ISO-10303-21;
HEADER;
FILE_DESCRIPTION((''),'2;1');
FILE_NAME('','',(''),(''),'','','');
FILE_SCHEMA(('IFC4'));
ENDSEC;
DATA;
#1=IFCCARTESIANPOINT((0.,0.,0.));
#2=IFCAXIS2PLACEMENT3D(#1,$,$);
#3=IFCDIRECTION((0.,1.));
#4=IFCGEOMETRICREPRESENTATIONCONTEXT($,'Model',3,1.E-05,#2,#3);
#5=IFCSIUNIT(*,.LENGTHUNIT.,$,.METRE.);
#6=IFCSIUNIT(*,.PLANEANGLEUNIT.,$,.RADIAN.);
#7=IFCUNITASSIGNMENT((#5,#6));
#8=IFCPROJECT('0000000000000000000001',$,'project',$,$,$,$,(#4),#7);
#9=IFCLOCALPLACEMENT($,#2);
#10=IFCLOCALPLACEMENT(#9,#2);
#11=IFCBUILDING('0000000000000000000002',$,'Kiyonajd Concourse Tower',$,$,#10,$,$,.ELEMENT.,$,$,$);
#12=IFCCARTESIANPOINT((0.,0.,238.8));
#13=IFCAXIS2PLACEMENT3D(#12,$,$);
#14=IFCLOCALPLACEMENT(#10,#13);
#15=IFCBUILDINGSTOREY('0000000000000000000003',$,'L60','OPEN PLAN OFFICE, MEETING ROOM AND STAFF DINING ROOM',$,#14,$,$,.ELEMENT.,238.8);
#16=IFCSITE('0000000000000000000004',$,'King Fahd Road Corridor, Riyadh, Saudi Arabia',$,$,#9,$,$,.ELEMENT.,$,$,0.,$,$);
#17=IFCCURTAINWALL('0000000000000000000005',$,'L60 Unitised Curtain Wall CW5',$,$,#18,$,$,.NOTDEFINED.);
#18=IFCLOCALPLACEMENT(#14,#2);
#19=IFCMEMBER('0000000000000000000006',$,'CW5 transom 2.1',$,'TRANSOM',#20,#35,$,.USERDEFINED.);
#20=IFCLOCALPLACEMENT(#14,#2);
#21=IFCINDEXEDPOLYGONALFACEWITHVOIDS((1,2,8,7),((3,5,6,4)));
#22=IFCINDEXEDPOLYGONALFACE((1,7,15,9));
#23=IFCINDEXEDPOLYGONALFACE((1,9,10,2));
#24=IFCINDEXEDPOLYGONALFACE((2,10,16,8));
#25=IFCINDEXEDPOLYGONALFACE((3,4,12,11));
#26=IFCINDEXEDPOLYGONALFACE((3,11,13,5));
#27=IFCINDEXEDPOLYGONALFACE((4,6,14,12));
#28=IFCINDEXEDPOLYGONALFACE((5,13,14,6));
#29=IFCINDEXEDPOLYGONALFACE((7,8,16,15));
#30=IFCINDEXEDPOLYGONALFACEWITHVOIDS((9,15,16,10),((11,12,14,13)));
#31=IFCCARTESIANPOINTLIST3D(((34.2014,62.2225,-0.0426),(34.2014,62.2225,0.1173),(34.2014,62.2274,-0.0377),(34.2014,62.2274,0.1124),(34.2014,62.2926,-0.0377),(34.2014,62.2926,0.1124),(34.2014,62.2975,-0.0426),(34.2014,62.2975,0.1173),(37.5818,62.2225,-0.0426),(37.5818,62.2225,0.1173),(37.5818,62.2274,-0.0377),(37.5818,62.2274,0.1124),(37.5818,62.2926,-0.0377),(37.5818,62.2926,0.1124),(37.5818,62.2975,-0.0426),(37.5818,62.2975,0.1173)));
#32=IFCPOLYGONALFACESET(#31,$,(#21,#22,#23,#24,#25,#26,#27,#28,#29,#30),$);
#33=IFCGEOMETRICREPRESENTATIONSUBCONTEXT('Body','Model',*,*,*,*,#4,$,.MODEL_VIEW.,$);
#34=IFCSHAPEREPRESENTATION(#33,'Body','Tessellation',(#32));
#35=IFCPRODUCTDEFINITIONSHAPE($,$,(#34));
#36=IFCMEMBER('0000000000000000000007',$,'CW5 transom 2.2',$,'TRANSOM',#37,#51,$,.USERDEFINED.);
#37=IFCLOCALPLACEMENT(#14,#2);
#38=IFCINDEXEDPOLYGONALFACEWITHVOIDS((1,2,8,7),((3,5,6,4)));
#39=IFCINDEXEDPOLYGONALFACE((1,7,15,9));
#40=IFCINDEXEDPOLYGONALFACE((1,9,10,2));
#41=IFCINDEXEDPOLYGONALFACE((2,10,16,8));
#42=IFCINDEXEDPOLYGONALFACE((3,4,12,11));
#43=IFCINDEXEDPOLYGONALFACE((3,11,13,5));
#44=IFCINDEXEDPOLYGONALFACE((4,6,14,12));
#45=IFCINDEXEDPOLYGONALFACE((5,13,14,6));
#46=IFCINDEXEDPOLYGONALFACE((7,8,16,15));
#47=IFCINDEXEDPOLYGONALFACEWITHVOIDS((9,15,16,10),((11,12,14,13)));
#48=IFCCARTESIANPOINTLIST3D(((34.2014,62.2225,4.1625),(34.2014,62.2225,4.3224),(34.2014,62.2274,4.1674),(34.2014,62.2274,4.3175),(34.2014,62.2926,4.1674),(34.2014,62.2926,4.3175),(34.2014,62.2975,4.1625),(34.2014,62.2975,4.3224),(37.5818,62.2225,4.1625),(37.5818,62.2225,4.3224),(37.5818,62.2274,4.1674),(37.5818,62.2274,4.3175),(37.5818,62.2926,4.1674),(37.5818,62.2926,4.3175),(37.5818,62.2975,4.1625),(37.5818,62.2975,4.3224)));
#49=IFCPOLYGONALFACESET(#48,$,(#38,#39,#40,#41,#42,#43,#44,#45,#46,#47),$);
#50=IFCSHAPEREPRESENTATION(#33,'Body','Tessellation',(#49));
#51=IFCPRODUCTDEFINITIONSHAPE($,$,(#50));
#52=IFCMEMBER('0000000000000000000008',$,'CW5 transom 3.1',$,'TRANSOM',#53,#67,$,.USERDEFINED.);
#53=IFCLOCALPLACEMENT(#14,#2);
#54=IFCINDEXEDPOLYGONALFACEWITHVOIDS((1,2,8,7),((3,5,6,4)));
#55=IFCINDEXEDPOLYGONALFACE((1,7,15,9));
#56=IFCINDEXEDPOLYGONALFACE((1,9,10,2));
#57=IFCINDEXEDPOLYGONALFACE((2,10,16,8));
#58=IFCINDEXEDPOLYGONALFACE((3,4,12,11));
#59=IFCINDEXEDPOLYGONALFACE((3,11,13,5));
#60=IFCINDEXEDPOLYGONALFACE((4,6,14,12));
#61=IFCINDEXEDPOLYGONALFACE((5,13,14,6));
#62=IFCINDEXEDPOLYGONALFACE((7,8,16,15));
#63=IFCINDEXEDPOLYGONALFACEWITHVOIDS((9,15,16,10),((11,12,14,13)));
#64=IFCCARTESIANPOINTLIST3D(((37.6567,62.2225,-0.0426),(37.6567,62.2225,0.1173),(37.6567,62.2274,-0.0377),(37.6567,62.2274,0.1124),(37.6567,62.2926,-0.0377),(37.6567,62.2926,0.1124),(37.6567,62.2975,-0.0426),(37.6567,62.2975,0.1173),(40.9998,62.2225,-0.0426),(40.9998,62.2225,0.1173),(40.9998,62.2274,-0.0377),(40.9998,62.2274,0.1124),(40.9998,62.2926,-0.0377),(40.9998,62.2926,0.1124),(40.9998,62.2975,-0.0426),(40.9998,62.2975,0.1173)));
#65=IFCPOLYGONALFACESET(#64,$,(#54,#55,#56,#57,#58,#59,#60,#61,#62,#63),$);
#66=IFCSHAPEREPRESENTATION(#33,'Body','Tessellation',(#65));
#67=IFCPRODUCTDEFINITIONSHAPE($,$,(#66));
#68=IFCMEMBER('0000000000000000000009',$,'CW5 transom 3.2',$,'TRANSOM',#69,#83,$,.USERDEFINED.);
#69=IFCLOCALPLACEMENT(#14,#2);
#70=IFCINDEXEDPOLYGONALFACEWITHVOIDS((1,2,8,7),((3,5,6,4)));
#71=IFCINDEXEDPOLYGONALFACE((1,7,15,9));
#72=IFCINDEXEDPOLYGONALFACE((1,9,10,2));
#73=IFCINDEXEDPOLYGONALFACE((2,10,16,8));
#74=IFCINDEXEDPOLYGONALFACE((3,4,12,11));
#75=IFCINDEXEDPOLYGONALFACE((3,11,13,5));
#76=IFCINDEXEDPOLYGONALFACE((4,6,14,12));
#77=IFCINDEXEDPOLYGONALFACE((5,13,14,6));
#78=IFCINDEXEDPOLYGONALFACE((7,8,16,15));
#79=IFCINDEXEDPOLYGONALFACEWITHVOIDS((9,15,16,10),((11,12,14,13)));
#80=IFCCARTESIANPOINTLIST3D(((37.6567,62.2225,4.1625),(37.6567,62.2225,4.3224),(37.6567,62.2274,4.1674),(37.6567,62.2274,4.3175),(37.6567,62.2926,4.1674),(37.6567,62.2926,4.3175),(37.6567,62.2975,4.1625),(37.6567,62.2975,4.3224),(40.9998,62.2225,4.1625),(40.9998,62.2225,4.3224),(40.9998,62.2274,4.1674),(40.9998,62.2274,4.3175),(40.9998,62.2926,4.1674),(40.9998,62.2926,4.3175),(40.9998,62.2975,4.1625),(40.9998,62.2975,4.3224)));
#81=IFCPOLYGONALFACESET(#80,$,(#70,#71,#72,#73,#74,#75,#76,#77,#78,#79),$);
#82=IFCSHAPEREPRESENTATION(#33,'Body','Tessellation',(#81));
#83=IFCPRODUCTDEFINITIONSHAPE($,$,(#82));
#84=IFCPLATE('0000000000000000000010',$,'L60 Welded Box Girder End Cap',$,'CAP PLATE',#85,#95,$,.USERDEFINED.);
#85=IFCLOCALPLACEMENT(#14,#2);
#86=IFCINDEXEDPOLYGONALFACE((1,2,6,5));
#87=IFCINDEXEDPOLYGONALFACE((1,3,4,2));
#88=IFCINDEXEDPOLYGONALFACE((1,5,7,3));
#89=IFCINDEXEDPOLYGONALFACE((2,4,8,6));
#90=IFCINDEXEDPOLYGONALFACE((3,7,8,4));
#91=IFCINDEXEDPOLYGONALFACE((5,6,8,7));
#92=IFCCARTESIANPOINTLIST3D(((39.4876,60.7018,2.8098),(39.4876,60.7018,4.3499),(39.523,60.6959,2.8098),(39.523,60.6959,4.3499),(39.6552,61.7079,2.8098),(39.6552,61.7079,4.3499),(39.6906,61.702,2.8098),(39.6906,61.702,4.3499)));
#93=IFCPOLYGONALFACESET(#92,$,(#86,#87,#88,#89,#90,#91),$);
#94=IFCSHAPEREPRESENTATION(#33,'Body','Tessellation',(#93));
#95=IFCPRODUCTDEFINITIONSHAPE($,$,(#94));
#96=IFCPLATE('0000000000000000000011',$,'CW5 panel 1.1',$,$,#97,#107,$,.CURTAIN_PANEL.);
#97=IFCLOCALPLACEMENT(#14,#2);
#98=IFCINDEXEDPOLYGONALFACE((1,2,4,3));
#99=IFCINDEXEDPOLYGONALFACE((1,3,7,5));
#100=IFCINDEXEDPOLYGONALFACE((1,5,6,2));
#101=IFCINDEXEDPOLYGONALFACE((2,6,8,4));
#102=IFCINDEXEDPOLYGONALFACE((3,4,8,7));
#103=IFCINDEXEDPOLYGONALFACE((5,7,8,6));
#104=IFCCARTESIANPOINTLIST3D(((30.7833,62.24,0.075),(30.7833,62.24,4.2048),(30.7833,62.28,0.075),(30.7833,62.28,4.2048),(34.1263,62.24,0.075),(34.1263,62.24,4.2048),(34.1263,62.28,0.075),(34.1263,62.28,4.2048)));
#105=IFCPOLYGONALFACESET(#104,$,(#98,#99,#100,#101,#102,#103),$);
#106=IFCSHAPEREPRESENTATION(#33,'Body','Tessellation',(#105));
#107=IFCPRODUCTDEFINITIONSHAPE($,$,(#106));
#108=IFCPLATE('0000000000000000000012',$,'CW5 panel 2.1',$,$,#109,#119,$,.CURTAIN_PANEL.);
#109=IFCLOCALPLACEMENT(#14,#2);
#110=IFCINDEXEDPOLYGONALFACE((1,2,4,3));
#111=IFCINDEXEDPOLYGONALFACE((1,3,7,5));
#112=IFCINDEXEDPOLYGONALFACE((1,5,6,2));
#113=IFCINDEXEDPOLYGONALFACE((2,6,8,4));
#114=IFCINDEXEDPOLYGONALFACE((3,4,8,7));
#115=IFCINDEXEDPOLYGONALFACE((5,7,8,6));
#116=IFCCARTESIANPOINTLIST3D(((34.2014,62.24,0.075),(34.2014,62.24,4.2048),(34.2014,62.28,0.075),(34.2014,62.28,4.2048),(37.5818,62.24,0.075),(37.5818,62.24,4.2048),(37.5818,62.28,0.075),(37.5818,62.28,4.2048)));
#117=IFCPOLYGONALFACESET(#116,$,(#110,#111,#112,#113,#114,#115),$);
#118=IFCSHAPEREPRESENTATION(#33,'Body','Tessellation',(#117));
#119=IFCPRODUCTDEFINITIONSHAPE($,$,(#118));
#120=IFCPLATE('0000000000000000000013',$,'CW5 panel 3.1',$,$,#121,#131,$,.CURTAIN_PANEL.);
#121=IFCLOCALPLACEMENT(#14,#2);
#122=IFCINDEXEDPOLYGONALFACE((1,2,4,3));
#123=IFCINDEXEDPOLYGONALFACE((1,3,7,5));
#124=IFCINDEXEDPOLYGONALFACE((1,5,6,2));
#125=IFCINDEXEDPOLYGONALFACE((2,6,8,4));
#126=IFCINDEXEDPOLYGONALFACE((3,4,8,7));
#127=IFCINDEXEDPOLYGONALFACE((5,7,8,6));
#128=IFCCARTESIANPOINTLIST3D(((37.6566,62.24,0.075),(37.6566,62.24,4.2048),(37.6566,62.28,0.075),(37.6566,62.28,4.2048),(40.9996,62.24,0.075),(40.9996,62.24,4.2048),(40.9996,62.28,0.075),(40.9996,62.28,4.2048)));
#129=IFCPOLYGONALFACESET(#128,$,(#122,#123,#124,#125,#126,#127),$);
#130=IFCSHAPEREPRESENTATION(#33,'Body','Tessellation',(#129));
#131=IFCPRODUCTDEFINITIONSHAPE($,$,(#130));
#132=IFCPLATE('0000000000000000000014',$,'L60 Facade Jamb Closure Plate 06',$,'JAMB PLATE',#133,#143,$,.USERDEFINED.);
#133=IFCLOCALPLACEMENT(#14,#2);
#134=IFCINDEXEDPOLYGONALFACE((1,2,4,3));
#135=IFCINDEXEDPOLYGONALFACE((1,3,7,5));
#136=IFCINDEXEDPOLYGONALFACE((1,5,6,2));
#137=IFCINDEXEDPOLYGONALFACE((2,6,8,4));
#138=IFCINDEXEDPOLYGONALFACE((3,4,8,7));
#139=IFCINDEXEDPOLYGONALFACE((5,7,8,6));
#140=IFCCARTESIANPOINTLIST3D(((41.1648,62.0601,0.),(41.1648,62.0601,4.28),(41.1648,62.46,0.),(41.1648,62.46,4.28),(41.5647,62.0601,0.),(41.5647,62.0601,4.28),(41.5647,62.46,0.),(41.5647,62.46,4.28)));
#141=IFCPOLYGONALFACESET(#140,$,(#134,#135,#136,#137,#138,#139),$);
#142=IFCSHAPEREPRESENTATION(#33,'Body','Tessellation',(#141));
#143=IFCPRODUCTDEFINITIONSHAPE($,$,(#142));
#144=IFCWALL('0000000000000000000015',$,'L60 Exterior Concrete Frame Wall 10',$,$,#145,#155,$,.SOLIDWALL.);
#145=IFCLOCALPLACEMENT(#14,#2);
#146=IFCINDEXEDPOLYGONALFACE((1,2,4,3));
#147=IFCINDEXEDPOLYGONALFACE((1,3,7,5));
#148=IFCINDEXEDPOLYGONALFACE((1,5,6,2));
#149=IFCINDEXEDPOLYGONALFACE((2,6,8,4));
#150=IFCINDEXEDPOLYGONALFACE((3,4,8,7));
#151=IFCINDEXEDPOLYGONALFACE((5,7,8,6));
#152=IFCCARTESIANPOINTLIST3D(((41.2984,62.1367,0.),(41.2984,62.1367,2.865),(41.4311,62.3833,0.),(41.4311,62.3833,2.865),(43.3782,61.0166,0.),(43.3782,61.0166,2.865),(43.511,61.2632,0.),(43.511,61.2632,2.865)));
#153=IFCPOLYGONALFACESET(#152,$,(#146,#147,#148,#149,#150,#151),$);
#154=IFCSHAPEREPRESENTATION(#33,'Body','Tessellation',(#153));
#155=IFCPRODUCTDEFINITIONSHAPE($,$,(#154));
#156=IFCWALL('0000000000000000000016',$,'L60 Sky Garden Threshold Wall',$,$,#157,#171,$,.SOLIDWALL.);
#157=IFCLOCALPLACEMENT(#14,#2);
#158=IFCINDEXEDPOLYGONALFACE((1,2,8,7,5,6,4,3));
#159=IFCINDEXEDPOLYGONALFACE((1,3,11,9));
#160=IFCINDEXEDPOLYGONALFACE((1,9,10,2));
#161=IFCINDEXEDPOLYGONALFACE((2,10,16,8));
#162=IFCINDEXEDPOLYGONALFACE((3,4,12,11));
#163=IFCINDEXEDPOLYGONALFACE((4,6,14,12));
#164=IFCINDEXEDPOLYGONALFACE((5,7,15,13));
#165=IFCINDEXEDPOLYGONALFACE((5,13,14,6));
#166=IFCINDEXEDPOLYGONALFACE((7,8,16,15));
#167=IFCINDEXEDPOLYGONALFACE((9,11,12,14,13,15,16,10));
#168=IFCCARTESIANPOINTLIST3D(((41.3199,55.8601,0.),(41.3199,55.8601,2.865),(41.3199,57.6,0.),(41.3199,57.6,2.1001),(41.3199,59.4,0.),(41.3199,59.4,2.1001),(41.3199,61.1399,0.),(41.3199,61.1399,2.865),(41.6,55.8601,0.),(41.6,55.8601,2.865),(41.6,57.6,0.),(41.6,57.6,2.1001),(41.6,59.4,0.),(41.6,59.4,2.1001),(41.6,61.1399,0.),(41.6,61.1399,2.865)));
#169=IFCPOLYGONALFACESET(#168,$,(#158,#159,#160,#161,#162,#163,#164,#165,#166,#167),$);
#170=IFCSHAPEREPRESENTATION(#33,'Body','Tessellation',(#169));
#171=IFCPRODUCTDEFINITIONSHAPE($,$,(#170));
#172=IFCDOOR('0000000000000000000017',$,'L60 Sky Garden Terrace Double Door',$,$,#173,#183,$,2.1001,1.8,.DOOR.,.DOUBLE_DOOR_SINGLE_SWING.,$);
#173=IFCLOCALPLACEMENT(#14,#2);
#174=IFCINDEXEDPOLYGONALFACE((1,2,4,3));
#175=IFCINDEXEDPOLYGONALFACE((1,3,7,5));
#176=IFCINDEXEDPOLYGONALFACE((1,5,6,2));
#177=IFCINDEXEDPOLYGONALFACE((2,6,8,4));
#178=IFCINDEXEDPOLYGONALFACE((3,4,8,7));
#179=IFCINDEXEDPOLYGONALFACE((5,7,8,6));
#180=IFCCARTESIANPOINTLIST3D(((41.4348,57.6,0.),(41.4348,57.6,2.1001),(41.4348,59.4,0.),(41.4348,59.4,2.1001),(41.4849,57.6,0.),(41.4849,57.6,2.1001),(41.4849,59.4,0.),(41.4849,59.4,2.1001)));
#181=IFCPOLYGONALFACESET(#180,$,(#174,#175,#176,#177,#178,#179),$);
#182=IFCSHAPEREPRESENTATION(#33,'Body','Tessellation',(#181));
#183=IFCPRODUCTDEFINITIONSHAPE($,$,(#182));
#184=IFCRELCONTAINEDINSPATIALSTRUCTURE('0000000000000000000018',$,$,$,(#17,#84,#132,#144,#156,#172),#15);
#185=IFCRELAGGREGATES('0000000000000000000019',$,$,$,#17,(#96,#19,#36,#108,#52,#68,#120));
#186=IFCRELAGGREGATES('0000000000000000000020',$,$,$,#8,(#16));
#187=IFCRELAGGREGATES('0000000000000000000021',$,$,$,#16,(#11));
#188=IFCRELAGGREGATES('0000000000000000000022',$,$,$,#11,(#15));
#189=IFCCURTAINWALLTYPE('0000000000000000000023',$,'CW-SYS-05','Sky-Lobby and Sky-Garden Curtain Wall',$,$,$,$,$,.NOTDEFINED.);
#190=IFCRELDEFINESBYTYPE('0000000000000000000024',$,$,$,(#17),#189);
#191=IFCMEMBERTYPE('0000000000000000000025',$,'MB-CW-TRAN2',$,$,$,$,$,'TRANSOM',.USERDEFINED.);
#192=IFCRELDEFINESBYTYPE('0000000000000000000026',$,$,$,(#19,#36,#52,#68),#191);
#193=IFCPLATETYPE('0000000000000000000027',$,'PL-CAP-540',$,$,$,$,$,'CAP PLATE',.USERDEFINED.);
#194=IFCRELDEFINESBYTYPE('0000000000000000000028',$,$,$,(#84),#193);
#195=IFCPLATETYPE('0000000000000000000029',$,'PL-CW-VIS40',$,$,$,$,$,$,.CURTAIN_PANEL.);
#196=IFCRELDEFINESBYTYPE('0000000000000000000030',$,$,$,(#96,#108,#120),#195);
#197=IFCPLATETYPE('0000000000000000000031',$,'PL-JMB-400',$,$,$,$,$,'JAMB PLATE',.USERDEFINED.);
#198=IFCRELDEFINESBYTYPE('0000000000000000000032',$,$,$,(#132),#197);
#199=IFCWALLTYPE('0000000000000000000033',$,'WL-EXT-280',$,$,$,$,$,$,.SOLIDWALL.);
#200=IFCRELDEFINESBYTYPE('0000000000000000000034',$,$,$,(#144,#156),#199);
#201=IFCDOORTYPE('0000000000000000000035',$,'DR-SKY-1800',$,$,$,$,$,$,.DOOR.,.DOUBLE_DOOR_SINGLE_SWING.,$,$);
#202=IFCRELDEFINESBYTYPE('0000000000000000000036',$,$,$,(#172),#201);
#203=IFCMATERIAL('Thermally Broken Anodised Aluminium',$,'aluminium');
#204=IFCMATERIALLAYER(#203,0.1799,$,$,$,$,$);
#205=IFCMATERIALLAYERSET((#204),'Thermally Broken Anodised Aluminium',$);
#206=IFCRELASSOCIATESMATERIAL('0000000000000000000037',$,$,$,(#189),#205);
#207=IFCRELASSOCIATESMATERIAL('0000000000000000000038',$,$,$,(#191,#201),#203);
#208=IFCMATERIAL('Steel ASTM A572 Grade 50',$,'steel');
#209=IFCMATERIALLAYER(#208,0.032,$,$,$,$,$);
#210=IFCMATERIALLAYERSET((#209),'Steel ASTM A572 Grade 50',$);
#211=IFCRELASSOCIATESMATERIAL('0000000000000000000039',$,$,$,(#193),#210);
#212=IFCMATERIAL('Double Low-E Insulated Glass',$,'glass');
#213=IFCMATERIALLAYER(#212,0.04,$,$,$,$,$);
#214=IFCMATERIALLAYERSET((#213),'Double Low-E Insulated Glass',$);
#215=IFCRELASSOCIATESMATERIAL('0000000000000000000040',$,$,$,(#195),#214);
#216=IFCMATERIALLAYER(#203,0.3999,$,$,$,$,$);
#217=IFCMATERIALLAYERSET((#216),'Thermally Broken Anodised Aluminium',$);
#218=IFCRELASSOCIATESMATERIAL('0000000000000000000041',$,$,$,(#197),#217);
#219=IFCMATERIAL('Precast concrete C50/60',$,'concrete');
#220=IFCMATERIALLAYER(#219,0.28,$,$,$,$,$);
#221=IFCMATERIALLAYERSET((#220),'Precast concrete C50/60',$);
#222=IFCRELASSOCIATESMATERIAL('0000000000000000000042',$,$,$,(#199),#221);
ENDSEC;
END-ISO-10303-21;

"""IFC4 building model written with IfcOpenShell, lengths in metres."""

from ifc_helpers import new_model, si_unit, direction, frame, frame_2d, origin, origin_2d, place, context, subcontext, project, spatial, rectangle, hollow_rectangle, extrude, material, layer, layer_set, material_profile, profile_set, type_object, element, fill, aggregate, save


model = new_model("IFC4")

# Units and contexts
model_context = context("Model", 3, precision=1e-05, world=origin(), true_north=direction((0.0, 1.0)))
body_context = subcontext(model_context, "Body", "Model", "MODEL_VIEW")
ifc_project = project(units=[si_unit("LENGTHUNIT", "METRE"), si_unit("PLANEANGLEUNIT", "RADIAN")], contexts=[model_context])

# Site, building, storey
site_placement = place(None, origin())
site = spatial("IfcSite", under=ifc_project, at=site_placement, Name="King Fahd Road Corridor, Riyadh, Saudi Arabia", CompositionType="ELEMENT", RefElevation=0.0)
building_placement = place(site_placement, origin())
building = spatial("IfcBuilding", under=site, at=building_placement, Name="Kiyonajd Concourse Tower", CompositionType="ELEMENT")
storey_placement = place(building_placement, frame((0.0, 0.0, 238.8)))
storey = spatial("IfcBuildingStorey", under=building, at=storey_placement, Name="L60", Description="OPEN PLAN OFFICE, MEETING ROOM AND STAFF DINING ROOM", CompositionType="ELEMENT", Elevation=238.8)

# Curtain wall, members
ifc_material_1 = material(Name="Thermally Broken Anodised Aluminium", Category="aluminium")
ifc_layer_1 = layer(ifc_material_1, 0.1799)
ifc_layer_set_1 = layer_set([ifc_layer_1], Name="Thermally Broken Anodised Aluminium")
curtain_wall_type = type_object("IfcCurtainWallType", Name="CW-SYS-05", Description="Sky-Lobby and Sky-Garden Curtain Wall", PredefinedType="NOTDEFINED", material=ifc_layer_set_1)
curtain_wall_placement = place(storey_placement, origin())
curtain_wall = element("IfcCurtainWall", 1, at=curtain_wall_placement, inside=storey, type_object=curtain_wall_type, Name="L60 Unitised Curtain Wall CW5", PredefinedType="NOTDEFINED")
ifc_material_profile_1 = material_profile(ifc_material_1, hollow_rectangle(XDim=0.075, YDim=0.1599, WallThickness=0.0049, at=origin_2d()), Name="TRAN-75x160")
ifc_profile_set_1 = profile_set([ifc_material_profile_1], Name="Thermally Broken Anodised Aluminium")
member_type_1 = type_object("IfcMemberType", Name="MB-CW-TRAN2", ElementType="TRANSOM", PredefinedType="USERDEFINED", material=ifc_profile_set_1)
member_1_placement = place(storey_placement, frame((34.2014, 62.26, 0.0374), z_axis=(1.0, 0.0, 0.0), x_axis=(0.0, 1.0, 0.0)))
member_1 = element("IfcMember", 2, at=member_1_placement, type_object=member_type_1, Name="CW5 transom 2.1", ObjectType="TRANSOM", PredefinedType="USERDEFINED", context=body_context, shape_type="SweptSolid", body=[
    extrude(hollow_rectangle(XDim=0.075, YDim=0.1599, WallThickness=0.0049, at=origin_2d()), origin(), (0.0, 0.0, 1.0), 3.3804),
])
member_2_placement = place(storey_placement, frame((34.2014, 62.26, 4.2424), z_axis=(1.0, 0.0, 0.0), x_axis=(0.0, 1.0, 0.0)))
member_2 = element("IfcMember", 3, at=member_2_placement, type_object=member_type_1, Name="CW5 transom 2.2", ObjectType="TRANSOM", PredefinedType="USERDEFINED", context=body_context, shape_type="SweptSolid", body=[
    extrude(hollow_rectangle(XDim=0.075, YDim=0.1599, WallThickness=0.0049, at=origin_2d()), origin(), (0.0, 0.0, 1.0), 3.3804),
])
member_3_placement = place(storey_placement, frame((37.6567, 62.26, 0.0374), z_axis=(1.0, 0.0, 0.0), x_axis=(0.0, 1.0, 0.0)))
member_3 = element("IfcMember", 4, at=member_3_placement, type_object=member_type_1, Name="CW5 transom 3.1", ObjectType="TRANSOM", PredefinedType="USERDEFINED", context=body_context, shape_type="SweptSolid", body=[
    extrude(hollow_rectangle(XDim=0.075, YDim=0.1599, WallThickness=0.0049, at=origin_2d()), origin(), (0.0, 0.0, 1.0), 3.343),
])
member_4_placement = place(storey_placement, frame((37.6567, 62.26, 4.2424), z_axis=(1.0, 0.0, 0.0), x_axis=(0.0, 1.0, 0.0)))
member_4 = element("IfcMember", 5, at=member_4_placement, type_object=member_type_1, Name="CW5 transom 3.2", ObjectType="TRANSOM", PredefinedType="USERDEFINED", context=body_context, shape_type="SweptSolid", body=[
    extrude(hollow_rectangle(XDim=0.075, YDim=0.1599, WallThickness=0.0049, at=origin_2d()), origin(), (0.0, 0.0, 1.0), 3.343),
])

# Plates
ifc_material_2 = material(Name="Steel ASTM A572 Grade 50", Category="steel")
ifc_layer_2 = layer(ifc_material_2, 0.032)
ifc_layer_set_2 = layer_set([ifc_layer_2], Name="Steel ASTM A572 Grade 50")
plate_type_1 = type_object("IfcPlateType", Name="PL-CAP-540", ElementType="CAP PLATE", PredefinedType="USERDEFINED", material=ifc_layer_set_2)
plate_1_placement = place(storey_placement, frame((39.5891, 61.2019, 2.8098), z_axis=(0.0, 0.0, 1.0), x_axis=(-0.986401, 0.164359, 0.0)))
element("IfcPlate", 6, at=plate_1_placement, inside=storey, type_object=plate_type_1, Name="L60 Welded Box Girder End Cap", ObjectType="CAP PLATE", PredefinedType="USERDEFINED", context=body_context, shape_type="SweptSolid", body=[
    extrude(rectangle(XDim=0.0359, YDim=1.02, at=origin_2d()), origin(), (0.0, 0.0, 1.0), 1.54),
])
ifc_material_3 = material(Name="Double Low-E Insulated Glass", Category="glass")
ifc_layer_3 = layer(ifc_material_3, 0.04)
ifc_layer_set_3 = layer_set([ifc_layer_3], Name="Double Low-E Insulated Glass")
plate_type_2 = type_object("IfcPlateType", Name="PL-CW-VIS40", PredefinedType="CURTAIN_PANEL", material=ifc_layer_set_3)
plate_2_placement = place(storey_placement, frame((32.4548, 62.26, 0.075), z_axis=(0.0, 0.0, 1.0), x_axis=(1.0, 0.0, 0.0)))
plate_2 = element("IfcPlate", 7, at=plate_2_placement, type_object=plate_type_2, Name="CW5 panel 1.1", PredefinedType="CURTAIN_PANEL", context=body_context, shape_type="SweptSolid", body=[
    extrude(rectangle(XDim=3.343, YDim=0.04, at=origin_2d()), origin(), (0.0, 0.0, 1.0), 4.1299),
])
plate_3_placement = place(storey_placement, frame((35.8916, 62.26, 0.075), z_axis=(0.0, 0.0, 1.0), x_axis=(1.0, 0.0, 0.0)))
plate_3 = element("IfcPlate", 8, at=plate_3_placement, type_object=plate_type_2, Name="CW5 panel 2.1", PredefinedType="CURTAIN_PANEL", context=body_context, shape_type="SweptSolid", body=[
    extrude(rectangle(XDim=3.3804, YDim=0.04, at=origin_2d()), origin(), (0.0, 0.0, 1.0), 4.1299),
])
plate_4_placement = place(storey_placement, frame((39.3281, 62.26, 0.075), z_axis=(0.0, 0.0, 1.0), x_axis=(1.0, 0.0, 0.0)))
plate_4 = element("IfcPlate", 9, at=plate_4_placement, type_object=plate_type_2, Name="CW5 panel 3.1", PredefinedType="CURTAIN_PANEL", context=body_context, shape_type="SweptSolid", body=[
    extrude(rectangle(XDim=3.343, YDim=0.04, at=origin_2d()), origin(), (0.0, 0.0, 1.0), 4.1299),
])
aggregate(curtain_wall, [plate_2, member_1, member_2, plate_3, member_3, member_4, plate_4])
ifc_layer_4 = layer(ifc_material_1, 0.3999)
ifc_layer_set_4 = layer_set([ifc_layer_4], Name="Thermally Broken Anodised Aluminium")
plate_type_3 = type_object("IfcPlateType", Name="PL-JMB-400", ElementType="JAMB PLATE", PredefinedType="USERDEFINED", material=ifc_layer_set_4)
plate_5_placement = place(storey_placement, frame((41.3647, 62.26, 0.0), z_axis=(0.0, 0.0, 1.0), x_axis=(1.0, 0.0, 0.0)))
element("IfcPlate", 10, at=plate_5_placement, inside=storey, type_object=plate_type_3, Name="L60 Facade Jamb Closure Plate 06", ObjectType="JAMB PLATE", PredefinedType="USERDEFINED", context=body_context, shape_type="SweptSolid", body=[
    extrude(rectangle(XDim=0.3999, YDim=0.3999, at=origin_2d()), origin(), (0.0, 0.0, 1.0), 4.28),
])

# Wall
ifc_material_4 = material(Name="Precast concrete C50/60", Category="concrete")
ifc_layer_5 = layer(ifc_material_4, 0.28)
ifc_layer_set_5 = layer_set([ifc_layer_5], Name="Precast concrete C50/60")
wall_type = type_object("IfcWallType", Name="WL-EXT-280", PredefinedType="SOLIDWALL", material=ifc_layer_set_5)
wall_1_placement = place(storey_placement, frame((41.3647, 62.26, 0.0), z_axis=(0.0, 0.0, 1.0), x_axis=(0.880435, -0.474168, 0.0)))
element("IfcWall", 11, at=wall_1_placement, inside=storey, type_object=wall_type, Name="L60 Exterior Concrete Frame Wall 10", PredefinedType="SOLIDWALL", context=body_context, shape_type="SweptSolid", body=[
    extrude(rectangle(XDim=2.3623, YDim=0.28, at=frame_2d((1.1812, 0.0))), origin(), (0.0, 0.0, 1.0), 2.865),
])

# Wall, opening, door
wall_2_placement = place(storey_placement, frame((41.46, 61.1399, 0.0), z_axis=(0.0, 0.0, 1.0), x_axis=(0.0, -1.0, 0.0)))
wall_2 = element("IfcWall", 12, at=wall_2_placement, inside=storey, type_object=wall_type, Name="L60 Sky Garden Threshold Wall", PredefinedType="SOLIDWALL", context=body_context, shape_type="SweptSolid", body=[
    extrude(rectangle(XDim=5.2798, YDim=0.28, at=frame_2d((2.6399, 0.0))), origin(), (0.0, 0.0, 1.0), 2.865),
])
opening_placement = place(wall_2_placement, frame((1.74, 0.0, 0.0)))
opening = element("IfcOpeningElement", 13, at=opening_placement, cuts=wall_2, PredefinedType="OPENING", context=body_context, shape_type="SweptSolid", body=[
    extrude(rectangle(XDim=1.8, YDim=2.1001, at=frame_2d((0.8999, 1.05))), frame((0.0, 0.1499, 0.0), z_axis=(0.0, -1.0, 0.0), x_axis=(1.0, 0.0, 0.0)), (0.0, 0.0, 1.0), 0.3),
])
door_type = type_object("IfcDoorType", Name="DR-SKY-1800", OperationType="DOUBLE_DOOR_SINGLE_SWING", PredefinedType="DOOR", material=ifc_material_1)
door_placement = place(opening_placement, origin())
door = element("IfcDoor", 14, at=door_placement, inside=storey, type_object=door_type, Name="L60 Sky Garden Terrace Double Door", OperationType="DOUBLE_DOOR_SINGLE_SWING", OverallHeight=2.1001, OverallWidth=1.8, PredefinedType="DOOR", context=body_context, shape_type="SweptSolid", body=[
    extrude(rectangle(XDim=1.8, YDim=2.1001, at=frame_2d((0.8999, 1.05))), frame((0.0, 0.0249, 0.0), z_axis=(0.0, -1.0, 0.0), x_axis=(1.0, 0.0, 0.0)), (0.0, 0.0, 1.0), 0.05),
])
fill(opening, door)

save(model, "model.ifc")
